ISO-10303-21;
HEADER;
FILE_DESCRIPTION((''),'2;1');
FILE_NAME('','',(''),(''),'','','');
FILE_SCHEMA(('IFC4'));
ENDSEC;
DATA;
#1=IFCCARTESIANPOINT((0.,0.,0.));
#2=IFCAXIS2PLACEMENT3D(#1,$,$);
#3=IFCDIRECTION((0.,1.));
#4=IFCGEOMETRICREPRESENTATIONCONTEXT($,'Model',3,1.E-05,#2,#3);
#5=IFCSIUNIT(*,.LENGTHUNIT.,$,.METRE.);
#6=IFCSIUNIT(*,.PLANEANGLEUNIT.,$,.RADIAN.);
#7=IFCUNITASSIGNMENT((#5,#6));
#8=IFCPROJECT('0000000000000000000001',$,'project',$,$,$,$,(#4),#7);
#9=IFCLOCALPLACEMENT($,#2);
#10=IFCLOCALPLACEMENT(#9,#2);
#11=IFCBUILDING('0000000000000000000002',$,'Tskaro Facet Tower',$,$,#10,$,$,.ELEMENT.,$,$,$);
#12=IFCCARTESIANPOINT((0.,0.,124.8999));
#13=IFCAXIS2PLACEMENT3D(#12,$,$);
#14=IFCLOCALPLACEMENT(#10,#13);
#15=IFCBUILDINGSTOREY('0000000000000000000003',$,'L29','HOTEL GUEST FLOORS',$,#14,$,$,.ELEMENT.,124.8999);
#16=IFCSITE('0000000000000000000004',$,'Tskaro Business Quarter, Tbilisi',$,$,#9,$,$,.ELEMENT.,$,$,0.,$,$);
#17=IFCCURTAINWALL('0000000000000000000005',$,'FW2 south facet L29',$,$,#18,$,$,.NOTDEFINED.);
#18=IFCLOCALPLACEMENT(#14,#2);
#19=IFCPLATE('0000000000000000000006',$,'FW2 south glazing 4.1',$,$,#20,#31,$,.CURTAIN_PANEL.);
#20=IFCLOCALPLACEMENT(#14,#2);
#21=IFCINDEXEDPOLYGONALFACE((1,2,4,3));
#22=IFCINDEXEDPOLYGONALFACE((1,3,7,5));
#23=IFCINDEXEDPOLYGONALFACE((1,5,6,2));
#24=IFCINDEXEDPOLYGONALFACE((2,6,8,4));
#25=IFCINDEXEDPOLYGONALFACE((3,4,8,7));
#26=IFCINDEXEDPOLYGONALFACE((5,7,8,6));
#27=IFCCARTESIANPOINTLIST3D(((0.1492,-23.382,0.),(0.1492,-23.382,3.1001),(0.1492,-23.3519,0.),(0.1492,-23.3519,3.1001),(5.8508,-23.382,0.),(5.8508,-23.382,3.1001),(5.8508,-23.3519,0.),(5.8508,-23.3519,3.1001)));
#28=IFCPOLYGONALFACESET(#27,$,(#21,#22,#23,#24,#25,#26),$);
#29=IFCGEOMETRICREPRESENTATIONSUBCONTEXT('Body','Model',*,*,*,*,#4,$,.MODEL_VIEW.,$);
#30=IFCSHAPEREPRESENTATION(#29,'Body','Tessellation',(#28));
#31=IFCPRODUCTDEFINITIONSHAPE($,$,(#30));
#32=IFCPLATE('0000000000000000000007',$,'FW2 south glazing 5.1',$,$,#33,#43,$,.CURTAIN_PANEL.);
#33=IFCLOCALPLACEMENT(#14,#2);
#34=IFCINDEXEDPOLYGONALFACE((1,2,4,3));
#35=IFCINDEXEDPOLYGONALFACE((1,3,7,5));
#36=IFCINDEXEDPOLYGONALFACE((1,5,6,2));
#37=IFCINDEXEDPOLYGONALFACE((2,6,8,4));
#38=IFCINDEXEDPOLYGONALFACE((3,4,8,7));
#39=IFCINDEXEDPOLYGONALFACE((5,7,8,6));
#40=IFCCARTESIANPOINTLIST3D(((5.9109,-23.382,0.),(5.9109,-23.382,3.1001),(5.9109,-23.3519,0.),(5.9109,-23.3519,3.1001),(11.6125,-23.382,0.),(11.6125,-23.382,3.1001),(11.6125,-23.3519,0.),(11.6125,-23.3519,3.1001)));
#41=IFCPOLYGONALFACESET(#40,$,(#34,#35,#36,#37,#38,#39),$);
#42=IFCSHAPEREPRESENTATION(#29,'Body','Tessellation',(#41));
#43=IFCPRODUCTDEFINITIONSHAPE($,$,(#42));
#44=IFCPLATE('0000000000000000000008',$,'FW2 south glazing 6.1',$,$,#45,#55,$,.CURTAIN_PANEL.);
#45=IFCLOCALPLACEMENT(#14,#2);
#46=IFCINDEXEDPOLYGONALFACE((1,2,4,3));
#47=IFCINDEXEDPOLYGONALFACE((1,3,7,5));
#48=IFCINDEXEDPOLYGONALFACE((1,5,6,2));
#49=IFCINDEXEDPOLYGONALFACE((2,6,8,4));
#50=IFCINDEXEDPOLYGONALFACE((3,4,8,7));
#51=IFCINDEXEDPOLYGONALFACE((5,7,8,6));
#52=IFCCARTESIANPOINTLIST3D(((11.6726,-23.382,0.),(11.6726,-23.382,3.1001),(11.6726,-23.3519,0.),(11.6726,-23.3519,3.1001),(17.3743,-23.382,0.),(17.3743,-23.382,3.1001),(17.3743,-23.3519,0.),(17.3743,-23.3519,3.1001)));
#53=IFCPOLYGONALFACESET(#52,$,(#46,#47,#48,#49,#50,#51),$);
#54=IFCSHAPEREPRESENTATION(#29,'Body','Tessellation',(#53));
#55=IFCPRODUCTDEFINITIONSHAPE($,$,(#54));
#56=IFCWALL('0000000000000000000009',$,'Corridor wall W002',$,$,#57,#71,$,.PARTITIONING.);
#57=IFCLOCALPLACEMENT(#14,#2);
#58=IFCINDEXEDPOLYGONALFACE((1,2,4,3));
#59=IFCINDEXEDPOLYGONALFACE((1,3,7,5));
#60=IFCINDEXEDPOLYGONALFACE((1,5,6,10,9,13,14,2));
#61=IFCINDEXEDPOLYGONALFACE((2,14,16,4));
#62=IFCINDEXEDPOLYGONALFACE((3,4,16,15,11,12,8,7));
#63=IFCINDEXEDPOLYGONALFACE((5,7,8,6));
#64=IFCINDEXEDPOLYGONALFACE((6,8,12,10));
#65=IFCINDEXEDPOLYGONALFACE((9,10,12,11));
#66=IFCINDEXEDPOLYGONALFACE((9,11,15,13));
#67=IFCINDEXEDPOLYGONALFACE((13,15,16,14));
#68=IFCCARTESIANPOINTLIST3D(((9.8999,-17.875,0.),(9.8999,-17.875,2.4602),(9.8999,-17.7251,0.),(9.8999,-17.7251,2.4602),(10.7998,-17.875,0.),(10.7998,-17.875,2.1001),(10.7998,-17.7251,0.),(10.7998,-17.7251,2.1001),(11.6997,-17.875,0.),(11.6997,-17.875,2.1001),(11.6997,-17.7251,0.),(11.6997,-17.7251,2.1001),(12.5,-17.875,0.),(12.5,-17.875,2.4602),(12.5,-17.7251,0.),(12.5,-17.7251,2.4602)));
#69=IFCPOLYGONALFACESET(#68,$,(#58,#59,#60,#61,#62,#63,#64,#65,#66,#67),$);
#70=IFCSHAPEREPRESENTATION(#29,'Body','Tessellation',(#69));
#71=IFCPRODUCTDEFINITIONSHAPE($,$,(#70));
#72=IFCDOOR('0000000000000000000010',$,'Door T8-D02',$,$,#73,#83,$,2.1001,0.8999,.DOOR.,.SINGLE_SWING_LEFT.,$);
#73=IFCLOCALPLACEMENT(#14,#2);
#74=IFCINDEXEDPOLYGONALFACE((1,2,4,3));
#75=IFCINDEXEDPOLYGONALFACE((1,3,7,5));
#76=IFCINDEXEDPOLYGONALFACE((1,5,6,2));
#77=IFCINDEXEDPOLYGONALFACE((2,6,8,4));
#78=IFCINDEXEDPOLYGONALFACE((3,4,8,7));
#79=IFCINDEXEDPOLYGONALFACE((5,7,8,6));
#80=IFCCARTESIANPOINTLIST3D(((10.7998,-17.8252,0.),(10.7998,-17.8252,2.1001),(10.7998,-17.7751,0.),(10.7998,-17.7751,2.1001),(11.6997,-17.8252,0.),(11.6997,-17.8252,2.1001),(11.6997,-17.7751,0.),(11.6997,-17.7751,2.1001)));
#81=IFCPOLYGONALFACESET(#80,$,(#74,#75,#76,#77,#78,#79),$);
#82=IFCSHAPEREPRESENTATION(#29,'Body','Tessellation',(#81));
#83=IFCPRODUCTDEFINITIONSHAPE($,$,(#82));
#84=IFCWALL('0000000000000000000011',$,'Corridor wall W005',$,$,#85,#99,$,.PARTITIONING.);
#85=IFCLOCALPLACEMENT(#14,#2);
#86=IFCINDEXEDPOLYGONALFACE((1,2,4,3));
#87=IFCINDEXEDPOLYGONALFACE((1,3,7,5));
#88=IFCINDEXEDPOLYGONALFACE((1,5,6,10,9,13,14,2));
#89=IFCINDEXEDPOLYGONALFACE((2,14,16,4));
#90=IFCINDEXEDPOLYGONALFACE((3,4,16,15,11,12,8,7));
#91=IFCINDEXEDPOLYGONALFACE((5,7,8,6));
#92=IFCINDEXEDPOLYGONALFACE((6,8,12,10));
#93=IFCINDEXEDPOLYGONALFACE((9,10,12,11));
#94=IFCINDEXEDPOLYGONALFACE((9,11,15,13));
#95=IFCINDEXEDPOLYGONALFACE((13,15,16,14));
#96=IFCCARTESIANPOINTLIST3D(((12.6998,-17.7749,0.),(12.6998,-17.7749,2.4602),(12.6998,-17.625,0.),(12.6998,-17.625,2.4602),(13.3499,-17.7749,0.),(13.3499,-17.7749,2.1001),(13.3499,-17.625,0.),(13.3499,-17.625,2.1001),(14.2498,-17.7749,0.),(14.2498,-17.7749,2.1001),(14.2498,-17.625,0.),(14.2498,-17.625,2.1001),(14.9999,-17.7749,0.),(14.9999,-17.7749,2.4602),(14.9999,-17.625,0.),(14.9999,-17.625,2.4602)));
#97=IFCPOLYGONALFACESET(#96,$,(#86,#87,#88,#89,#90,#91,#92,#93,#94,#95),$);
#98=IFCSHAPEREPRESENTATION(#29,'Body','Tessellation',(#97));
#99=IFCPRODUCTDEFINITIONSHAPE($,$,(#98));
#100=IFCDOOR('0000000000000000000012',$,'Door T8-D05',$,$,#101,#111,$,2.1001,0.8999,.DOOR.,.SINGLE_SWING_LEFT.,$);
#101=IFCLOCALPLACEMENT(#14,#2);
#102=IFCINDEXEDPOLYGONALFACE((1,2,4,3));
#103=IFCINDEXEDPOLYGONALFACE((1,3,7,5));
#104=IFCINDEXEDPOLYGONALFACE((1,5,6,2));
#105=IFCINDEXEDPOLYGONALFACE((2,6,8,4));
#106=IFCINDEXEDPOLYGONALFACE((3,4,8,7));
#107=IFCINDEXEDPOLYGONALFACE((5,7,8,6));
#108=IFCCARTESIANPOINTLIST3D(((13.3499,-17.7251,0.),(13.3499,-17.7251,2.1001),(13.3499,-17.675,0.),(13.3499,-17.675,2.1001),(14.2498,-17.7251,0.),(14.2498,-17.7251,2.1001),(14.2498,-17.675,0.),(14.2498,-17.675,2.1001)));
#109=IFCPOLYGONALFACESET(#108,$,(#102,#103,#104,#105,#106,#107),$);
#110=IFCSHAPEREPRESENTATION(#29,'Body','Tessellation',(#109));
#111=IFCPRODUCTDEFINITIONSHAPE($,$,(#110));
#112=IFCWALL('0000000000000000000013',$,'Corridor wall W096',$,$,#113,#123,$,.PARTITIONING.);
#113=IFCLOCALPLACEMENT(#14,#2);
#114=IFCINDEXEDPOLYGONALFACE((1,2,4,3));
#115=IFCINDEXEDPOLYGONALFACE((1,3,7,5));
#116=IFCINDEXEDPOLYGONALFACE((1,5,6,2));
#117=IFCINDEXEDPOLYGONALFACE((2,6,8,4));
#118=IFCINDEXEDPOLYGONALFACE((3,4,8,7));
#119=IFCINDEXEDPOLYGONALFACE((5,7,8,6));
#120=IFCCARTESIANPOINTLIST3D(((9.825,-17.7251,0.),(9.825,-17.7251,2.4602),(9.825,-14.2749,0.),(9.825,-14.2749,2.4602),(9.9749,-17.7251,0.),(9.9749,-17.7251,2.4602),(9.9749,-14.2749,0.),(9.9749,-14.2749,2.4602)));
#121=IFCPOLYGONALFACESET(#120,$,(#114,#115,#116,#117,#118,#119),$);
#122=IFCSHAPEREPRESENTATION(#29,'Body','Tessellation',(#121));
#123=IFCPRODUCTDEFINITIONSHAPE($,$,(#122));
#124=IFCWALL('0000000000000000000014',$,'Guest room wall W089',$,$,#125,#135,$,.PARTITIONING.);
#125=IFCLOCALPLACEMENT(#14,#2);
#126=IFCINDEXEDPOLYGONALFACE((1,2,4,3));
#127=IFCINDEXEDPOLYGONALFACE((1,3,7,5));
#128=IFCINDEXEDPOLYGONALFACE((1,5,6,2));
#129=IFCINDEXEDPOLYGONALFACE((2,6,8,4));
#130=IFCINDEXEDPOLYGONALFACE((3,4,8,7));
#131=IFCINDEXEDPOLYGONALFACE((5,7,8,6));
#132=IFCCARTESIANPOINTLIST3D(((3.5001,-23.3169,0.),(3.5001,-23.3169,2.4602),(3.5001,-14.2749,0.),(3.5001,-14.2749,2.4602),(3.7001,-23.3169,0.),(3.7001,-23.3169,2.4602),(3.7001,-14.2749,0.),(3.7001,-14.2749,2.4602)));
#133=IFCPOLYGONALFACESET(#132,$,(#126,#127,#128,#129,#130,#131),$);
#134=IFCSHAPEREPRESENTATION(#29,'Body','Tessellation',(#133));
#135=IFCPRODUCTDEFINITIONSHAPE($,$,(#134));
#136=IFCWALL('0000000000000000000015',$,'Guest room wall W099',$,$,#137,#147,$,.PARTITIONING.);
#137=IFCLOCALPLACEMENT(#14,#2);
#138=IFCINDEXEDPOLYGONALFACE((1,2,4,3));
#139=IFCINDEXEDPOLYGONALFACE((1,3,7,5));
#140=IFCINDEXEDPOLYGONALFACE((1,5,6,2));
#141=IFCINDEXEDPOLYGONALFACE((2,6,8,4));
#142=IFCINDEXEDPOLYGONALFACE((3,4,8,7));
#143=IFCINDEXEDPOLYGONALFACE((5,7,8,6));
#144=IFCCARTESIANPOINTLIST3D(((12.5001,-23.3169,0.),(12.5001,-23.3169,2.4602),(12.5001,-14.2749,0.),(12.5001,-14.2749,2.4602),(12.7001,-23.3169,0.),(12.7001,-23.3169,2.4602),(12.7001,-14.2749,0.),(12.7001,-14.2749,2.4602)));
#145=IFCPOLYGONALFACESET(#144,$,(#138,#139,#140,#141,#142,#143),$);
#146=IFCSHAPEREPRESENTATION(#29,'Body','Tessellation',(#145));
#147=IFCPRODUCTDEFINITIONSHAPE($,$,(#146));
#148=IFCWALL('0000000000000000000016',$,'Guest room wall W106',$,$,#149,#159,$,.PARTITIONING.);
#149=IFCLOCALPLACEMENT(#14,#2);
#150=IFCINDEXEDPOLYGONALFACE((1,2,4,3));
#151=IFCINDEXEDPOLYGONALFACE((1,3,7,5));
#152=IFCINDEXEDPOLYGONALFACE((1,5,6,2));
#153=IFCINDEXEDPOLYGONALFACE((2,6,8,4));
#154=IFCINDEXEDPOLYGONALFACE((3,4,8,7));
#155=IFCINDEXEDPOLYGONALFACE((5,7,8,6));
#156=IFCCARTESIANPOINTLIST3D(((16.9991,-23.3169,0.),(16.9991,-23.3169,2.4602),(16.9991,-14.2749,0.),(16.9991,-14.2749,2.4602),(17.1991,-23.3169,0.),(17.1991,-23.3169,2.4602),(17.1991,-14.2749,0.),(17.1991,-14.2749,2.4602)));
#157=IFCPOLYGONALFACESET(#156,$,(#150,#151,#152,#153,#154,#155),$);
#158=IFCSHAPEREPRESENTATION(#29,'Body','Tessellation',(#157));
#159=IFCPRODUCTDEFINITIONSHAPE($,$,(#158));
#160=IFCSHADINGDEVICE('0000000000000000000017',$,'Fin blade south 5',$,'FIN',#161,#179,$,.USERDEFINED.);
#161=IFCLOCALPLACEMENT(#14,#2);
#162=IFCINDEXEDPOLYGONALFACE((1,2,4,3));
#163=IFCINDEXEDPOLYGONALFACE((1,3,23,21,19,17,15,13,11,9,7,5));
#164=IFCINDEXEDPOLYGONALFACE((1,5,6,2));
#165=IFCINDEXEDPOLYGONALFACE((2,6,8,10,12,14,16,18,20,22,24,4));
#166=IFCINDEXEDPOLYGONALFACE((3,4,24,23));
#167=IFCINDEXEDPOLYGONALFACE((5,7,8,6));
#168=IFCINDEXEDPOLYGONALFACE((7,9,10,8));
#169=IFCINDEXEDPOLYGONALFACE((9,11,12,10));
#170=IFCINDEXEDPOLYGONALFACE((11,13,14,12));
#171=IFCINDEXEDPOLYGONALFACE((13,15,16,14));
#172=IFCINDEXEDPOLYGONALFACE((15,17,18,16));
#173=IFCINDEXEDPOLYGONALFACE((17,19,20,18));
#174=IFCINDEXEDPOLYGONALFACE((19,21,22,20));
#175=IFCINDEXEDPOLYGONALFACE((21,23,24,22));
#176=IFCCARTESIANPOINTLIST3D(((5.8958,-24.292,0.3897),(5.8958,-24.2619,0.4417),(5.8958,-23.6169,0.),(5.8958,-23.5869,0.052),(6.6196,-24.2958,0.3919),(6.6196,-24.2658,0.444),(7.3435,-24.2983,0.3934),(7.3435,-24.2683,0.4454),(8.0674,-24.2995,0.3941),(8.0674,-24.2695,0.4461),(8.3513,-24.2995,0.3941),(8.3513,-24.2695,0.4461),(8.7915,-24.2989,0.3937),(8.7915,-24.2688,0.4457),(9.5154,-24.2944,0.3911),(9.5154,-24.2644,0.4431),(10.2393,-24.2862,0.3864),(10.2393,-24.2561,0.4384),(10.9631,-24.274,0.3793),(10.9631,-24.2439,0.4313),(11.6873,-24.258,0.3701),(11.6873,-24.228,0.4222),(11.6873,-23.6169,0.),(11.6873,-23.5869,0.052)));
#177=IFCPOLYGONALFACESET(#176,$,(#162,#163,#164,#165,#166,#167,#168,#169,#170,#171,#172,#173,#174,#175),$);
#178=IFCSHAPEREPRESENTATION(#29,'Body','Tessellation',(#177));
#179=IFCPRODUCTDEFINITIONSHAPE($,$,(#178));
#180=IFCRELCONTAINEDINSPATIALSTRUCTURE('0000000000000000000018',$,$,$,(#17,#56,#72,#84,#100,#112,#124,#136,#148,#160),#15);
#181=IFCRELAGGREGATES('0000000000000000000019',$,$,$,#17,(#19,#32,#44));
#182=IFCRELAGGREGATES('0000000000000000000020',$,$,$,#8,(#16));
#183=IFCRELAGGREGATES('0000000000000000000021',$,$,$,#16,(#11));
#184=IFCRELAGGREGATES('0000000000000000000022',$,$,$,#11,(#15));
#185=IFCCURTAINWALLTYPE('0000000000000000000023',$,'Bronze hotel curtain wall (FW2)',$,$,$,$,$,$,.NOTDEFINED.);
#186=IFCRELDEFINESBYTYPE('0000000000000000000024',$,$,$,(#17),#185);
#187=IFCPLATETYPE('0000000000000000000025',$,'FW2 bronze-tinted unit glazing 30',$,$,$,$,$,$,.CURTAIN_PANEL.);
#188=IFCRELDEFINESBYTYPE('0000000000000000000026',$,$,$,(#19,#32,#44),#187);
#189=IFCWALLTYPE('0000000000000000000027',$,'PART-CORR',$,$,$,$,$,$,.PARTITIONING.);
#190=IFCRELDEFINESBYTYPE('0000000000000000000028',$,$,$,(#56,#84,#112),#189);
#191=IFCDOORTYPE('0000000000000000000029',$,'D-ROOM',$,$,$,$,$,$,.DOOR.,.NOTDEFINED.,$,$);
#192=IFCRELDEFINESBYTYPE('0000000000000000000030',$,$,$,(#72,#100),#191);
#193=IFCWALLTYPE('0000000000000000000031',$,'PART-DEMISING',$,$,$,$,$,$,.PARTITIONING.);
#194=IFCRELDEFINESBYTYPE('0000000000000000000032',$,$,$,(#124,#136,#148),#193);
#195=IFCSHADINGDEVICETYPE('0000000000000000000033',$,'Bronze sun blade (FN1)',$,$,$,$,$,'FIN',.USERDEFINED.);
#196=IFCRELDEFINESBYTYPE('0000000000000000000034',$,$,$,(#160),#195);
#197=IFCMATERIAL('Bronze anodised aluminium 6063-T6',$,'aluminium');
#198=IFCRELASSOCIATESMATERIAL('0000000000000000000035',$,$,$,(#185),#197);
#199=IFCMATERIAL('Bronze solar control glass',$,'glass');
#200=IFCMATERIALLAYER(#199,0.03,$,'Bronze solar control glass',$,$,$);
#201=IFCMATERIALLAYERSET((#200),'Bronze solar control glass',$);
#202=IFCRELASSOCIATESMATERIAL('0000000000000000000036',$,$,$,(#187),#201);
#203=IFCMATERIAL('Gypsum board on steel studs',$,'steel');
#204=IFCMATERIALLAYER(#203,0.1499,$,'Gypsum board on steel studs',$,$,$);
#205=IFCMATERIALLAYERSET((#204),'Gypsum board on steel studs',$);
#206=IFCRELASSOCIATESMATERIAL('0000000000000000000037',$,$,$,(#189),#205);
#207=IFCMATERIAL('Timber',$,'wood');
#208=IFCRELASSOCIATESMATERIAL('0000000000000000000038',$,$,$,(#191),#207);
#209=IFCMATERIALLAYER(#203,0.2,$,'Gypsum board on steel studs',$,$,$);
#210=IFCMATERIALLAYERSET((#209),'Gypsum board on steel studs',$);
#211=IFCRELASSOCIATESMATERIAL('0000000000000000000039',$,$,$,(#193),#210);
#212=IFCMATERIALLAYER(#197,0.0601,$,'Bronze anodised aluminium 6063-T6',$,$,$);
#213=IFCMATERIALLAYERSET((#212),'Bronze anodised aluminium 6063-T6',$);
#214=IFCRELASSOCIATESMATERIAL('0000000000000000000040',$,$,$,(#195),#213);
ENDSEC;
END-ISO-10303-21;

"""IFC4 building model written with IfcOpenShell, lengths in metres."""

from ifc_helpers import new_model, si_unit, direction, frame, frame_2d, origin, origin_2d, place, context, subcontext, project, spatial, polyline, rectangle, outline, extrude, material, layer, layer_set, type_object, element, fill, aggregate, save


model = new_model("IFC4")

# Units and contexts
model_context = context("Model", 3, precision=1e-05, world=origin(), true_north=direction((0.0, 1.0)))
body_context = subcontext(model_context, "Body", "Model", "MODEL_VIEW")
ifc_project = project(units=[si_unit("LENGTHUNIT", "METRE"), si_unit("PLANEANGLEUNIT", "RADIAN")], contexts=[model_context])

# Site, building, storey
site_placement = place(None, origin())
site = spatial("IfcSite", under=ifc_project, at=site_placement, Name="Tskaro Business Quarter, Tbilisi", CompositionType="ELEMENT", RefElevation=0.0)
building_placement = place(site_placement, origin())
building = spatial("IfcBuilding", under=site, at=building_placement, Name="Tskaro Facet Tower", CompositionType="ELEMENT")
storey_placement = place(building_placement, frame((0.0, 0.0, 124.8999)))
storey = spatial("IfcBuildingStorey", under=building, at=storey_placement, Name="L29", Description="HOTEL GUEST FLOORS", CompositionType="ELEMENT", Elevation=124.8999)

# Curtain wall
ifc_material_1 = material(Name="Bronze anodised aluminium 6063-T6", Category="aluminium")
curtain_wall_type = type_object("IfcCurtainWallType", Name="Bronze hotel curtain wall (FW2)", PredefinedType="NOTDEFINED", material=ifc_material_1)
curtain_wall_placement = place(storey_placement, origin())
curtain_wall = element("IfcCurtainWall", 1, at=curtain_wall_placement, inside=storey, type_object=curtain_wall_type, Name="FW2 south facet L29", PredefinedType="NOTDEFINED")

# Plates
ifc_material_2 = material(Name="Bronze solar control glass", Category="glass")
ifc_layer_1 = layer(ifc_material_2, 0.03, Name="Bronze solar control glass")
ifc_layer_set_1 = layer_set([ifc_layer_1], Name="Bronze solar control glass")
plate_type = type_object("IfcPlateType", Name="FW2 bronze-tinted unit glazing 30", PredefinedType="CURTAIN_PANEL", material=ifc_layer_set_1)
plate_1_placement = place(storey_placement, frame((3.0, -23.3669, 0.0), z_axis=(0.0, 0.0, 1.0), x_axis=(1.0, 0.0, 0.0)))
plate_1 = element("IfcPlate", 2, at=plate_1_placement, type_object=plate_type, Name="FW2 south glazing 4.1", PredefinedType="CURTAIN_PANEL", context=body_context, shape_type="SweptSolid", body=[
    extrude(rectangle(XDim=5.7017, YDim=0.03, at=origin_2d()), origin(), (0.0, 0.0, 1.0), 3.1001),
])
plate_2_placement = place(storey_placement, frame((8.7617, -23.3669, 0.0), z_axis=(0.0, 0.0, 1.0), x_axis=(1.0, 0.0, 0.0)))
plate_2 = element("IfcPlate", 3, at=plate_2_placement, type_object=plate_type, Name="FW2 south glazing 5.1", PredefinedType="CURTAIN_PANEL", context=body_context, shape_type="SweptSolid", body=[
    extrude(rectangle(XDim=5.7017, YDim=0.03, at=origin_2d()), origin(), (0.0, 0.0, 1.0), 3.1001),
])
plate_3_placement = place(storey_placement, frame((14.5234, -23.3669, 0.0), z_axis=(0.0, 0.0, 1.0), x_axis=(1.0, 0.0, 0.0)))
plate_3 = element("IfcPlate", 4, at=plate_3_placement, type_object=plate_type, Name="FW2 south glazing 6.1", PredefinedType="CURTAIN_PANEL", context=body_context, shape_type="SweptSolid", body=[
    extrude(rectangle(XDim=5.7017, YDim=0.03, at=origin_2d()), origin(), (0.0, 0.0, 1.0), 3.1001),
])
aggregate(curtain_wall, [plate_1, plate_2, plate_3])

# Walls, openings, doors
ifc_material_3 = material(Name="Gypsum board on steel studs", Category="steel")
ifc_layer_2 = layer(ifc_material_3, 0.1499, Name="Gypsum board on steel studs")
ifc_layer_set_2 = layer_set([ifc_layer_2], Name="Gypsum board on steel studs")
wall_type_1 = type_object("IfcWallType", Name="PART-CORR", PredefinedType="PARTITIONING", material=ifc_layer_set_2)
wall_1_placement = place(storey_placement, frame((9.8999, -17.8, 0.0), z_axis=(0.0, 0.0, 1.0), x_axis=(1.0, 0.0, 0.0)))
wall_1 = element("IfcWall", 5, at=wall_1_placement, inside=storey, type_object=wall_type_1, Name="Corridor wall W002", PredefinedType="PARTITIONING", context=body_context, shape_type="SweptSolid", body=[
    extrude(rectangle(XDim=2.6001, YDim=0.1499, at=frame_2d((1.3, 0.0))), origin(), (0.0, 0.0, 1.0), 2.4602),
])
opening_1_placement = place(wall_1_placement, frame((0.8999, 0.0, 0.0)))
opening_1 = element("IfcOpeningElement", 6, at=opening_1_placement, cuts=wall_1, PredefinedType="OPENING", context=body_context, shape_type="SweptSolid", body=[
    extrude(rectangle(XDim=0.8999, YDim=2.1001, at=frame_2d((0.45, 1.05))), frame((0.0, 0.085, 0.0), z_axis=(0.0, -1.0, 0.0), x_axis=(1.0, 0.0, 0.0)), (0.0, 0.0, 1.0), 0.1699),
])
ifc_material_4 = material(Name="Timber", Category="wood")
door_type = type_object("IfcDoorType", Name="D-ROOM", OperationType="NOTDEFINED", PredefinedType="DOOR", material=ifc_material_4)
door_1_placement = place(opening_1_placement, origin())
door_1 = element("IfcDoor", 7, at=door_1_placement, inside=storey, type_object=door_type, Name="Door T8-D02", OperationType="SINGLE_SWING_LEFT", OverallHeight=2.1001, OverallWidth=0.8999, PredefinedType="DOOR", context=body_context, shape_type="SweptSolid", body=[
    extrude(rectangle(XDim=0.8999, YDim=2.1001, at=frame_2d((0.45, 1.05))), frame((0.0, 0.0249, 0.0), z_axis=(0.0, -1.0, 0.0), x_axis=(1.0, 0.0, 0.0)), (0.0, 0.0, 1.0), 0.05),
])
fill(opening_1, door_1)
wall_2_placement = place(storey_placement, frame((12.7, -17.7, 0.0), z_axis=(0.0, 0.0, 1.0), x_axis=(1.0, 0.0, 0.0)))
wall_2 = element("IfcWall", 8, at=wall_2_placement, inside=storey, type_object=wall_type_1, Name="Corridor wall W005", PredefinedType="PARTITIONING", context=body_context, shape_type="SweptSolid", body=[
    extrude(rectangle(XDim=2.3, YDim=0.1499, at=frame_2d((1.1499, 0.0))), origin(), (0.0, 0.0, 1.0), 2.4602),
])
opening_2_placement = place(wall_2_placement, frame((0.6499, 0.0, 0.0)))
opening_2 = element("IfcOpeningElement", 9, at=opening_2_placement, cuts=wall_2, PredefinedType="OPENING", context=body_context, shape_type="SweptSolid", body=[
    extrude(rectangle(XDim=0.8999, YDim=2.1001, at=frame_2d((0.45, 1.05))), frame((0.0, 0.085, 0.0), z_axis=(0.0, -1.0, 0.0), x_axis=(1.0, 0.0, 0.0)), (0.0, 0.0, 1.0), 0.1699),
])
door_2_placement = place(opening_2_placement, origin())
door_2 = element("IfcDoor", 10, at=door_2_placement, inside=storey, type_object=door_type, Name="Door T8-D05", OperationType="SINGLE_SWING_LEFT", OverallHeight=2.1001, OverallWidth=0.8999, PredefinedType="DOOR", context=body_context, shape_type="SweptSolid", body=[
    extrude(rectangle(XDim=0.8999, YDim=2.1001, at=frame_2d((0.45, 1.05))), frame((0.0, 0.0249, 0.0), z_axis=(0.0, -1.0, 0.0), x_axis=(1.0, 0.0, 0.0)), (0.0, 0.0, 1.0), 0.05),
])
fill(opening_2, door_2)

# Walls
wall_3_placement = place(storey_placement, frame((9.8999, -17.7251, 0.0), z_axis=(0.0, 0.0, 1.0), x_axis=(0.0, 1.0, 0.0)))
element("IfcWall", 11, at=wall_3_placement, inside=storey, type_object=wall_type_1, Name="Corridor wall W096", PredefinedType="PARTITIONING", context=body_context, shape_type="SweptSolid", body=[
    extrude(rectangle(XDim=3.4502, YDim=0.1499, at=frame_2d((1.7251, 0.0))), origin(), (0.0, 0.0, 1.0), 2.4602),
])
ifc_layer_3 = layer(ifc_material_3, 0.2, Name="Gypsum board on steel studs")
ifc_layer_set_3 = layer_set([ifc_layer_3], Name="Gypsum board on steel studs")
wall_type_2 = type_object("IfcWallType", Name="PART-DEMISING", PredefinedType="PARTITIONING", material=ifc_layer_set_3)
for number, where, z_axis, x_axis, name in (
    (12, (3.6001, -23.3169, 0.0), (0.0, 0.0, 1.0), (0.0, 1.0, 0.0), "Guest room wall W089"),
    (13, (12.6001, -23.3169, 0.0), (0.0, 0.0, 1.0), (0.0, 1.0, 0.0), "Guest room wall W099"),
    (14, (17.0991, -23.3169, 0.0), (0.0, 0.0, 1.0), (0.0, 1.0, 0.0), "Guest room wall W106"),
):
    element("IfcWall", number, at=place(storey_placement, frame(where, z_axis=z_axis, x_axis=x_axis)), inside=storey, type_object=wall_type_2, Name=name, PredefinedType="PARTITIONING", context=body_context, shape_type="SweptSolid", body=[
        extrude(rectangle(XDim=9.042, YDim=0.2, at=frame_2d((4.521, 0.0))), origin(), (0.0, 0.0, 1.0), 2.4602),
    ])

# Shading device
ifc_layer_4 = layer(ifc_material_1, 0.0601, Name="Bronze anodised aluminium 6063-T6")
ifc_layer_set_4 = layer_set([ifc_layer_4], Name="Bronze anodised aluminium 6063-T6")
shading_device_type = type_object("IfcShadingDeviceType", Name="Bronze sun blade (FN1)", ElementType="FIN", PredefinedType="USERDEFINED", material=ifc_layer_set_4)
shading_device_1_placement = place(storey_placement, frame((5.8958, -23.5869, 0.052), z_axis=(-0.000005, 0.499985, 0.866034), x_axis=(1.0, 0.000003, 0.000005)))
element("IfcShadingDevice", 15, at=shading_device_1_placement, inside=storey, type_object=shading_device_type, Name="Fin blade south 5", ObjectType="FIN", PredefinedType="USERDEFINED", context=body_context, shape_type="SweptSolid", body=[
    extrude(outline(polyline([(0.0, 0.0), (5.7915, 0.0), (5.7915, -0.7403), (5.0674, -0.7587), (4.3435, -0.7728), (3.6196, -0.7823), (2.8958, -0.7874), (2.4556, -0.7882), (2.1716, -0.7882), (1.4478, -0.7868), (0.7239, -0.7839), (0.0, -0.7794), (0.0, 0.0)])), origin(), (0.0, 0.0, -1.0), 0.0601),
])

save(model, "model.ifc")
